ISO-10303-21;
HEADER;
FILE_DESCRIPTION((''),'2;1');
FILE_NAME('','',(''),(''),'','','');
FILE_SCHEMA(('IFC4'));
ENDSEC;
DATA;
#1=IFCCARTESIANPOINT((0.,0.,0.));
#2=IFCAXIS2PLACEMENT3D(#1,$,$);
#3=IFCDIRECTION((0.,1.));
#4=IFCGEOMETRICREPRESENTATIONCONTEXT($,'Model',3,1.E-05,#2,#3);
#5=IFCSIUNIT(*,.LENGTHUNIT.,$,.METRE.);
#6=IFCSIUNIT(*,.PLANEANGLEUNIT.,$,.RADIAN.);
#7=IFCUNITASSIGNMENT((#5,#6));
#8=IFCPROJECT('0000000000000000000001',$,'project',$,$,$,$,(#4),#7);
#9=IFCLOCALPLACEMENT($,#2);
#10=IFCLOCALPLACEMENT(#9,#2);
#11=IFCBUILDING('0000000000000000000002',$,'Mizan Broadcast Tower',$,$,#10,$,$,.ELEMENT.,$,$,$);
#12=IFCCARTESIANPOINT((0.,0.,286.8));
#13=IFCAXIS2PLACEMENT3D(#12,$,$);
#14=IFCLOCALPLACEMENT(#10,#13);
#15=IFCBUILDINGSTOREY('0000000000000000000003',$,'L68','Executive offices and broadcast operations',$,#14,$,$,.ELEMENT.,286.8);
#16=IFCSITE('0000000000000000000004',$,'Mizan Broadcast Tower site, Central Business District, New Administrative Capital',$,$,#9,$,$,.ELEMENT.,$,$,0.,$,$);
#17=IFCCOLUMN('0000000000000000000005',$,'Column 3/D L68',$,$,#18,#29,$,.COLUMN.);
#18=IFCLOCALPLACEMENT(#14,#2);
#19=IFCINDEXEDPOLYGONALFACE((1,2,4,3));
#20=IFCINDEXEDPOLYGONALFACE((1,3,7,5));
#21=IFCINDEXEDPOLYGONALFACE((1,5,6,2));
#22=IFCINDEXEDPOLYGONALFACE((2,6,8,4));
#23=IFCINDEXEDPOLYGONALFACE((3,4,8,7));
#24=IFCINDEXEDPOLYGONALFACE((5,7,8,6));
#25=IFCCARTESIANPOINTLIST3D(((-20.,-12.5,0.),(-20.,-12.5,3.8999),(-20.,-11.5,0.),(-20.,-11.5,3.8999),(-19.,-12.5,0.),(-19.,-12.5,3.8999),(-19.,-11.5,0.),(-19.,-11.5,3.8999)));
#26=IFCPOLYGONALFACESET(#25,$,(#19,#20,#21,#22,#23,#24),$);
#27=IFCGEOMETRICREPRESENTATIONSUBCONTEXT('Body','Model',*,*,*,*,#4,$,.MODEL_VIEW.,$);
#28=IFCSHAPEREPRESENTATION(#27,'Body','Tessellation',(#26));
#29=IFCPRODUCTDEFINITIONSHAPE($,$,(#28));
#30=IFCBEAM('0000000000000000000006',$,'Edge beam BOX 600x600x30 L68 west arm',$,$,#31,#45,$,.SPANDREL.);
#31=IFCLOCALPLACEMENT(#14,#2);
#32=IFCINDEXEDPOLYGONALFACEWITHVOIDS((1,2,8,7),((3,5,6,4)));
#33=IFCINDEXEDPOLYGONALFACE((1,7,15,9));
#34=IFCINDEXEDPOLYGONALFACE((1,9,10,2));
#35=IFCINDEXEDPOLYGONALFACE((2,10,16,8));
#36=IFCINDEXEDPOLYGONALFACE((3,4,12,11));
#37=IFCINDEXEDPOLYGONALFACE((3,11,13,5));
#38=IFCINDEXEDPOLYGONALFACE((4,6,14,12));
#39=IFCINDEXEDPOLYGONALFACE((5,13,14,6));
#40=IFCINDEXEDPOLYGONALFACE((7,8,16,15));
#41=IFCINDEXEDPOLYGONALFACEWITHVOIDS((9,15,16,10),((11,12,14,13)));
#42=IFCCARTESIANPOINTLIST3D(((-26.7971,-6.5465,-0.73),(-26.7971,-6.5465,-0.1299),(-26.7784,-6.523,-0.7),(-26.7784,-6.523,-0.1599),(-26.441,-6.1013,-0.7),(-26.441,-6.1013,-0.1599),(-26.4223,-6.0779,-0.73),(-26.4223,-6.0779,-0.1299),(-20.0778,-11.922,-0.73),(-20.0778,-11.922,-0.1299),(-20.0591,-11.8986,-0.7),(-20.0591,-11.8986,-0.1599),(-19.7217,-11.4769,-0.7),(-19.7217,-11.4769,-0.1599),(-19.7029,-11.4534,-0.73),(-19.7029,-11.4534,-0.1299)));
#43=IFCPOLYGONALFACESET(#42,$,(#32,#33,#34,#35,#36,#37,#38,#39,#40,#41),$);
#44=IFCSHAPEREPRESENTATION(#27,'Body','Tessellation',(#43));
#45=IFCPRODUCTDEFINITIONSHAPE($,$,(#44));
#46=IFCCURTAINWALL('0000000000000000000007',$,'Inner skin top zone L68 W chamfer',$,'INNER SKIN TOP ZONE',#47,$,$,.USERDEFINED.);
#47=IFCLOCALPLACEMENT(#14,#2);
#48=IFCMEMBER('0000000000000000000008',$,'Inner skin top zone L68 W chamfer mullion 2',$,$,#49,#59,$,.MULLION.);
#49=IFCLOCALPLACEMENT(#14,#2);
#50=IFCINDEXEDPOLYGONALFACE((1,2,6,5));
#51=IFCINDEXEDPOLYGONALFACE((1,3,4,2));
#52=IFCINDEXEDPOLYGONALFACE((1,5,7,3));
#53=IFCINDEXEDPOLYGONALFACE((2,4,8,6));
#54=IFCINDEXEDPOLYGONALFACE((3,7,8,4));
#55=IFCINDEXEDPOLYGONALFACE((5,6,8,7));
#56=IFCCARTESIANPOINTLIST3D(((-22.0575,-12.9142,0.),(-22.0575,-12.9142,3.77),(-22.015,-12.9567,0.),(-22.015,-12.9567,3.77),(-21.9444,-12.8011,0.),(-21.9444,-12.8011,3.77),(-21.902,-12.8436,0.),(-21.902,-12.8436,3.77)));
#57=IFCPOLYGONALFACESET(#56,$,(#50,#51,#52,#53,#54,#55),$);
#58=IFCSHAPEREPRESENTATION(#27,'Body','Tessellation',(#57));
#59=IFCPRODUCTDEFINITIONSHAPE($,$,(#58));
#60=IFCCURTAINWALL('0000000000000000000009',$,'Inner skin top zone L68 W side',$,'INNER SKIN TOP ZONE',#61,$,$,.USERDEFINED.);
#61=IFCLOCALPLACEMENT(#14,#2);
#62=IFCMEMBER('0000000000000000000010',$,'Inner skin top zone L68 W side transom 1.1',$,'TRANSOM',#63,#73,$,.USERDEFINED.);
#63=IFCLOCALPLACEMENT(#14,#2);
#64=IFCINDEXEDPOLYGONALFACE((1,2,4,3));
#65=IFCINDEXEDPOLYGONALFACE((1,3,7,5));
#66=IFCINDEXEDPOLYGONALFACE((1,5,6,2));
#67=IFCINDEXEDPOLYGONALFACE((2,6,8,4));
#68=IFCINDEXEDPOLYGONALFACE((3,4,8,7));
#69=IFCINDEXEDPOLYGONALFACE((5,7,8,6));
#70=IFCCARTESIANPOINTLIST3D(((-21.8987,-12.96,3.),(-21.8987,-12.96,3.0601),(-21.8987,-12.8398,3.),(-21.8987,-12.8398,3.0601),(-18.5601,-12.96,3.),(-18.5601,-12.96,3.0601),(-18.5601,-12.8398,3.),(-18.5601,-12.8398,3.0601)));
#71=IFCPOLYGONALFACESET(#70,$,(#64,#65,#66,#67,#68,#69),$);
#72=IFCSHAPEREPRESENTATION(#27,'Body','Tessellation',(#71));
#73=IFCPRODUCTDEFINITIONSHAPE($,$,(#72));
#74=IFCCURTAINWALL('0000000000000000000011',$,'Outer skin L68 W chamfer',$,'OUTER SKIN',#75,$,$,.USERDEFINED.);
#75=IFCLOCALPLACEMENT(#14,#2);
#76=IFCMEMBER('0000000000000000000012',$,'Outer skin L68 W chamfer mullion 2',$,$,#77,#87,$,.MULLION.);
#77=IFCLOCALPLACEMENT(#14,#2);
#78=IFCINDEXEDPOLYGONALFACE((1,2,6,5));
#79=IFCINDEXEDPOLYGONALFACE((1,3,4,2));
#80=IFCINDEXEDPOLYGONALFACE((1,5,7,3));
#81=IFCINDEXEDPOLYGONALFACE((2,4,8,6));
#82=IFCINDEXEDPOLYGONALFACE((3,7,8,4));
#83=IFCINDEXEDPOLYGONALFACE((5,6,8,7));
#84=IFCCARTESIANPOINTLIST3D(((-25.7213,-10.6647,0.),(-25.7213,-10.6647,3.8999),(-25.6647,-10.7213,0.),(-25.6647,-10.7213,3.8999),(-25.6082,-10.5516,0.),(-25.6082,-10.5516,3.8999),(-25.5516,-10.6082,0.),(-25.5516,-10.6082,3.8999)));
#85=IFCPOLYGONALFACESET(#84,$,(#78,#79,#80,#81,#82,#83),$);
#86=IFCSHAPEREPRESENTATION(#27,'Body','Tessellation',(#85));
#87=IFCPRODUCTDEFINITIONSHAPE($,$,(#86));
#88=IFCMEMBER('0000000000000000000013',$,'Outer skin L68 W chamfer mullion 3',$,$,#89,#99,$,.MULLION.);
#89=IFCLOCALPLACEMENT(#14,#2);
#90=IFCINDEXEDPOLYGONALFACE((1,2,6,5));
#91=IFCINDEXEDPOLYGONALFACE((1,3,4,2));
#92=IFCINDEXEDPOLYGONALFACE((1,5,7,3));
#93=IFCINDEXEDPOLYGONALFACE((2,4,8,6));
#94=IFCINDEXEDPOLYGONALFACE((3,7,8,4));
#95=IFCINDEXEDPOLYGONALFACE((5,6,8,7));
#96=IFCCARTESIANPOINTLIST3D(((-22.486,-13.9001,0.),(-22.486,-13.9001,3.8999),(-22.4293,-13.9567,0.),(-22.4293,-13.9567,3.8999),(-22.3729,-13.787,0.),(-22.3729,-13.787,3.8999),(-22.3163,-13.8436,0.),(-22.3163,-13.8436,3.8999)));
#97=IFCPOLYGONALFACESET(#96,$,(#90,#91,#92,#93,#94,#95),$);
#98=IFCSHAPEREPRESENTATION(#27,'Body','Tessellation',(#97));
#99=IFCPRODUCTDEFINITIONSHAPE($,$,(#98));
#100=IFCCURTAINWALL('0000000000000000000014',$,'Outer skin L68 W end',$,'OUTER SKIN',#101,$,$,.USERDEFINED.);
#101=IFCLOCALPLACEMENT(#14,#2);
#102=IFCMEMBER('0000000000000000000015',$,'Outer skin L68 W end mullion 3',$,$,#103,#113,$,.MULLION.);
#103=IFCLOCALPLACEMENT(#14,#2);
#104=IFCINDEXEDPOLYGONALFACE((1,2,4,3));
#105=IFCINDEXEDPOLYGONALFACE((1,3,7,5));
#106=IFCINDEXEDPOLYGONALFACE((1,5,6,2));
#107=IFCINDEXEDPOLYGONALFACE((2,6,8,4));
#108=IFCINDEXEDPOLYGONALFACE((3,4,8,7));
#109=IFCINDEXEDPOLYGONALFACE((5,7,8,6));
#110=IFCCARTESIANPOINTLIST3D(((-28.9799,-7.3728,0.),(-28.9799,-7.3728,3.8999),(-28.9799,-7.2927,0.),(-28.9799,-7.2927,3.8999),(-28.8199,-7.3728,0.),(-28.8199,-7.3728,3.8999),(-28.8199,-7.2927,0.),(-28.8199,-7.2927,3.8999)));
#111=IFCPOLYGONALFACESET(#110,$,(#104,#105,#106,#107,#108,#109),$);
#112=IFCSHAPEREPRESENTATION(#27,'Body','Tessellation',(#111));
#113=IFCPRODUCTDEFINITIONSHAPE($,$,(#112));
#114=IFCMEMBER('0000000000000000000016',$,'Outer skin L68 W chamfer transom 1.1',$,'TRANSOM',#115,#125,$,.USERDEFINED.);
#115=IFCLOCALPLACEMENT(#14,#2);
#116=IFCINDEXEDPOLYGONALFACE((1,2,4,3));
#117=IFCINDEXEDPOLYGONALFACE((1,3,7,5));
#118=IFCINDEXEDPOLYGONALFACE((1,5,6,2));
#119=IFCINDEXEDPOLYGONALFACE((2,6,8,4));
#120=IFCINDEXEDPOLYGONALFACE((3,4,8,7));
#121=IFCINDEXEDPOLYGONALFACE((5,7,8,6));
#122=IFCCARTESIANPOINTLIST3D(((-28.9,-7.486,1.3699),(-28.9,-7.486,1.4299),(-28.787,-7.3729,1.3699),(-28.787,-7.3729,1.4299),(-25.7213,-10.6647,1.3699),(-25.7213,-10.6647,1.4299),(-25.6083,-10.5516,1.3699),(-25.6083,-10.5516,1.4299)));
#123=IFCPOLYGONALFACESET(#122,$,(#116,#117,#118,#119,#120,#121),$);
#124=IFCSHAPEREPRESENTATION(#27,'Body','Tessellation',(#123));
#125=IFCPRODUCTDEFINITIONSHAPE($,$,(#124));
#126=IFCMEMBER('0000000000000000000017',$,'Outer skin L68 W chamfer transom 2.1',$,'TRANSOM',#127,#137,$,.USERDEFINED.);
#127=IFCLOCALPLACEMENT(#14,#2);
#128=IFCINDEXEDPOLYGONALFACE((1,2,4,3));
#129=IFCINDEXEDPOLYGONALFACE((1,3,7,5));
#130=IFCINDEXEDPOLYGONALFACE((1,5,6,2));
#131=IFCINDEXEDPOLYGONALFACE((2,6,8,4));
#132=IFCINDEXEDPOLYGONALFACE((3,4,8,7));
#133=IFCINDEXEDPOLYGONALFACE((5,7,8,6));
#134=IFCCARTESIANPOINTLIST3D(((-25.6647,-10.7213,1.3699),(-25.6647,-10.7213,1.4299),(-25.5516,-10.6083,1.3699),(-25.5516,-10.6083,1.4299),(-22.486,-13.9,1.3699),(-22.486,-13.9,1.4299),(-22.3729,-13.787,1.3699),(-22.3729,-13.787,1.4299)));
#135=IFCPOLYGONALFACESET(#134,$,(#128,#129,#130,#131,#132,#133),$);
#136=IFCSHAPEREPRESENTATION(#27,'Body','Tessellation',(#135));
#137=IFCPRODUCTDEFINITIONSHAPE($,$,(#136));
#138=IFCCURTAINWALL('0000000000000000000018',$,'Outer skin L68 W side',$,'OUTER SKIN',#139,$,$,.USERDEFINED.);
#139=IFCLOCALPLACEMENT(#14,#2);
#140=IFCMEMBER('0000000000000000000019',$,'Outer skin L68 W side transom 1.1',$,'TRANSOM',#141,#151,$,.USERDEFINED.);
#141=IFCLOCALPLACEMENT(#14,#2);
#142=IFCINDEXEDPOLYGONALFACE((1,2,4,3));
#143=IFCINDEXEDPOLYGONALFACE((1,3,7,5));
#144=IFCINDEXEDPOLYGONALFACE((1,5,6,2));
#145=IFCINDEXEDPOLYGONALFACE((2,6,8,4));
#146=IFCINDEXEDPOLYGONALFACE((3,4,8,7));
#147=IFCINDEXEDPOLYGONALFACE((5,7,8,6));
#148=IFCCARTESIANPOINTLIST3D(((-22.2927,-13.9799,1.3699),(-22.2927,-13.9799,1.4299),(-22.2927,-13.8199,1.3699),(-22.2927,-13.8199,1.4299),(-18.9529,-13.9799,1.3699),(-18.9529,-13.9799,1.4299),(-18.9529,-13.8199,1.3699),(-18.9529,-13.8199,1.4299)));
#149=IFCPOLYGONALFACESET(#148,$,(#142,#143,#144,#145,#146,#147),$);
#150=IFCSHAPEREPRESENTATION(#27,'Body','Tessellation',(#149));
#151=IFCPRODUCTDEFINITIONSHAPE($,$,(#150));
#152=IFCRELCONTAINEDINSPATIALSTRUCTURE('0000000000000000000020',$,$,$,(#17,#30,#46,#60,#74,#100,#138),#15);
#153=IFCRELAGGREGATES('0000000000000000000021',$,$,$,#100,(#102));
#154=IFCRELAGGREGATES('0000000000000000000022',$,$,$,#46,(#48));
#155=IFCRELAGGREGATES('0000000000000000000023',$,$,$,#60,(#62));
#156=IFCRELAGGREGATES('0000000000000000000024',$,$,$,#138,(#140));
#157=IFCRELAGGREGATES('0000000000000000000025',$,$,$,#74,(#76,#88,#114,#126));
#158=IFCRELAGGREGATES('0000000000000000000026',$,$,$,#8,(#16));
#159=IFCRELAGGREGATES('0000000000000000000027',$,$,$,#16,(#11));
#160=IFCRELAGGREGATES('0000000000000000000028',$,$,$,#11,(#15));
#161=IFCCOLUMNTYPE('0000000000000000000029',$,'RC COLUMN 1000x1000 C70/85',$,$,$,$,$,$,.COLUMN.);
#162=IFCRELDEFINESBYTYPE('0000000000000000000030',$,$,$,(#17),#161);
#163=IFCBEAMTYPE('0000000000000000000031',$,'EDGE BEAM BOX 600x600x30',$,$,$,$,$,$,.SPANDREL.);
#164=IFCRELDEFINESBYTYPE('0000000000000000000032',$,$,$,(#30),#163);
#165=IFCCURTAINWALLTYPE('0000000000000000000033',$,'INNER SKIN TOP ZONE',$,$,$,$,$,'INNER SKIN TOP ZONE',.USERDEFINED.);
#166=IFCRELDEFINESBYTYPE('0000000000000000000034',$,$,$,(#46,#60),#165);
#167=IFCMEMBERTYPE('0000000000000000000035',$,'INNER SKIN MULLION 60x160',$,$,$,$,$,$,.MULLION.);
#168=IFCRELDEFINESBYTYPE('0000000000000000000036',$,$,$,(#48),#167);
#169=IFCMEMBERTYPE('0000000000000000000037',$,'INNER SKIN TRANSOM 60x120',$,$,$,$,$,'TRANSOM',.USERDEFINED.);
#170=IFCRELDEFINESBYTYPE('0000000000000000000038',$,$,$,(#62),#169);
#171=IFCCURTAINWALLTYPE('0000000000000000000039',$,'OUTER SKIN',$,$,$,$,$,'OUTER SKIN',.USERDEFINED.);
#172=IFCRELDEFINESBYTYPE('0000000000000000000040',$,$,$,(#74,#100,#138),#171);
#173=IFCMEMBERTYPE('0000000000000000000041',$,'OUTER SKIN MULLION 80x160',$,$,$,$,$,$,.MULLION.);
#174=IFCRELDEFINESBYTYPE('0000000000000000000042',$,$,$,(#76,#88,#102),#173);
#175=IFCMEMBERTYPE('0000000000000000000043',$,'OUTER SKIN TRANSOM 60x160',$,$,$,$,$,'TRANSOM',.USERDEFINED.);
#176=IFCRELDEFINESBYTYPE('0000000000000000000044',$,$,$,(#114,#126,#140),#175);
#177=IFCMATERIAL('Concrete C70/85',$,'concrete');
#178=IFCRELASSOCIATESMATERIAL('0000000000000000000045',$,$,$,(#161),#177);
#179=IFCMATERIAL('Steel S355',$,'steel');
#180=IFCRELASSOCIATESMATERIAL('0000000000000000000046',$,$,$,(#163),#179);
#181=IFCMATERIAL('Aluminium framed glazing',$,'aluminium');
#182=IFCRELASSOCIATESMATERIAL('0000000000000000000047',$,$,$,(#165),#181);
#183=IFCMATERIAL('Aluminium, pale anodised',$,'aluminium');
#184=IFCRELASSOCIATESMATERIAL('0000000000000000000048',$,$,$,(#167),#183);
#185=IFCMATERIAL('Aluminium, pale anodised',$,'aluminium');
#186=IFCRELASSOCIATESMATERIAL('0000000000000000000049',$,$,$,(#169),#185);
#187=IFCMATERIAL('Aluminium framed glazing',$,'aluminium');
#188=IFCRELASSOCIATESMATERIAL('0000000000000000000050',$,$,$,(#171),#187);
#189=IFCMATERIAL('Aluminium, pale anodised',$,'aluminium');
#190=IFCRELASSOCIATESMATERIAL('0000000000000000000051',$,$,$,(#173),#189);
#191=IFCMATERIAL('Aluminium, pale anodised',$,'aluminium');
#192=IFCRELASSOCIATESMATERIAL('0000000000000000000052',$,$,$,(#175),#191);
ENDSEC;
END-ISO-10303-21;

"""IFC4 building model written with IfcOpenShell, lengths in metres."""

from ifc_helpers import new_model, si_unit, direction, frame, origin, origin_2d, place, context, subcontext, project, spatial, rectangle, hollow_rectangle, extrude, material, material_profile, profile_set, type_object, element, aggregate, save


model = new_model("IFC4")

# Units and contexts
model_context = context("Model", 3, precision=1e-05, world=origin(), true_north=direction((0.0, 1.0)))
body_context = subcontext(model_context, "Body", "Model", "MODEL_VIEW")
ifc_project = project(units=[si_unit("LENGTHUNIT", "METRE"), si_unit("PLANEANGLEUNIT", "RADIAN")], contexts=[model_context])

# Site, building, storey
site_placement = place(None, origin())
site = spatial("IfcSite", under=ifc_project, at=site_placement, Name="Mizan Broadcast Tower site, Central Business District, New Administrative Capital", CompositionType="ELEMENT", RefElevation=0.0)
building_placement = place(site_placement, origin())
building = spatial("IfcBuilding", under=site, at=building_placement, Name="Mizan Broadcast Tower", CompositionType="ELEMENT")
storey_placement = place(building_placement, frame((0.0, 0.0, 286.8)))
storey = spatial("IfcBuildingStorey", under=building, at=storey_placement, Name="L68", Description="Executive offices and broadcast operations", CompositionType="ELEMENT", Elevation=286.8)

# Column
ifc_material_1 = material(Name="Concrete C70/85", Category="concrete")
ifc_material_profile_1 = material_profile(ifc_material_1, rectangle(XDim=1.0, YDim=1.0, at=origin_2d()), Name="RC 1000x1000")
ifc_profile_set_1 = profile_set([ifc_material_profile_1], Name="Concrete C70/85")
column_type = type_object("IfcColumnType", Name="RC COLUMN 1000x1000 C70/85", PredefinedType="COLUMN", material=ifc_profile_set_1)
column_placement = place(storey_placement, frame((-19.5, -12.0, 0.0), z_axis=(0.0, 0.0, 1.0), x_axis=(1.0, 0.0, 0.0)))
element("IfcColumn", 1, at=column_placement, inside=storey, type_object=column_type, Name="Column 3/D L68", PredefinedType="COLUMN", context=body_context, shape_type="SweptSolid", body=[
    extrude(rectangle(XDim=1.0, YDim=1.0, at=origin_2d()), origin(), (0.0, 0.0, 1.0), 3.8999),
])

# Beam
ifc_material_2 = material(Name="Steel S355", Category="steel")
ifc_material_profile_2 = material_profile(ifc_material_2, hollow_rectangle(XDim=0.6001, YDim=0.6001, WallThickness=0.03, at=origin_2d()), Name="BOX 600x600x30")
ifc_profile_set_2 = profile_set([ifc_material_profile_2], Name="Steel S355")
beam_type_1 = type_object("IfcBeamType", Name="EDGE BEAM BOX 600x600x30", PredefinedType="SPANDREL", material=ifc_profile_set_2)
beam_1_placement = place(storey_placement, frame((-19.8904, -11.6877, -0.4299), z_axis=(-0.780863, 0.624702, 0.0), x_axis=(-0.624702, -0.780863, 0.0)))
element("IfcBeam", 2, at=beam_1_placement, inside=storey, type_object=beam_type_1, Name="Edge beam BOX 600x600x30 L68 west arm", PredefinedType="SPANDREL", context=body_context, shape_type="SweptSolid", body=[
    extrude(hollow_rectangle(XDim=0.6001, YDim=0.6001, WallThickness=0.03, at=origin_2d()), origin(), (0.0, 0.0, 1.0), 8.605),
])

# Curtain walls, members
ifc_material_3 = material(Name="Aluminium framed glazing", Category="aluminium")
curtain_wall_type_1 = type_object("IfcCurtainWallType", Name="INNER SKIN TOP ZONE", ElementType="INNER SKIN TOP ZONE", PredefinedType="USERDEFINED", material=ifc_material_3)
curtain_wall_1_placement = place(storey_placement, origin())
curtain_wall_1 = element("IfcCurtainWall", 3, at=curtain_wall_1_placement, inside=storey, type_object=curtain_wall_type_1, Name="Inner skin top zone L68 W chamfer", ObjectType="INNER SKIN TOP ZONE", PredefinedType="USERDEFINED")
ifc_material_4 = material(Name="Aluminium, pale anodised", Category="aluminium")
ifc_material_profile_3 = material_profile(ifc_material_4, rectangle(XDim=0.1599, YDim=0.0601, at=origin_2d()), Name="MULLION 160x60")
ifc_profile_set_3 = profile_set([ifc_material_profile_3], Name="Aluminium, pale anodised")
member_type_1 = type_object("IfcMemberType", Name="INNER SKIN MULLION 60x160", PredefinedType="MULLION", material=ifc_profile_set_3)
member_1_placement = place(storey_placement, frame((-21.9797, -12.8789, 0.0), z_axis=(0.0, 0.0, 1.0), x_axis=(0.707107, 0.707107, 0.0)))
member_1 = element("IfcMember", 4, at=member_1_placement, type_object=member_type_1, Name="Inner skin top zone L68 W chamfer mullion 2", PredefinedType="MULLION", context=body_context, shape_type="SweptSolid", body=[
    extrude(rectangle(XDim=0.1599, YDim=0.0601, at=origin_2d()), origin(), (0.0, 0.0, 1.0), 3.77),
])
curtain_wall_2_placement = place(storey_placement, origin())
curtain_wall_2 = element("IfcCurtainWall", 5, at=curtain_wall_2_placement, inside=storey, type_object=curtain_wall_type_1, Name="Inner skin top zone L68 W side", ObjectType="INNER SKIN TOP ZONE", PredefinedType="USERDEFINED")
ifc_material_5 = material(Name="Aluminium, pale anodised", Category="aluminium")
ifc_material_profile_4 = material_profile(ifc_material_5, rectangle(XDim=0.1201, YDim=0.0601, at=origin_2d()), Name="TRANSOM 120x60")
ifc_profile_set_4 = profile_set([ifc_material_profile_4], Name="Aluminium, pale anodised")
member_type_2 = type_object("IfcMemberType", Name="INNER SKIN TRANSOM 60x120", ElementType="TRANSOM", PredefinedType="USERDEFINED", material=ifc_profile_set_4)
member_2_placement = place(storey_placement, frame((-21.8987, -12.8999, 3.03), z_axis=(1.0, 0.0, 0.0), x_axis=(0.0, 1.0, 0.0)))
member_2 = element("IfcMember", 6, at=member_2_placement, type_object=member_type_2, Name="Inner skin top zone L68 W side transom 1.1", ObjectType="TRANSOM", PredefinedType="USERDEFINED", context=body_context, shape_type="SweptSolid", body=[
    extrude(rectangle(XDim=0.1201, YDim=0.0601, at=origin_2d()), origin(), (0.0, 0.0, 1.0), 3.3386),
])

# Curtain wall, members
ifc_material_6 = material(Name="Aluminium framed glazing", Category="aluminium")
curtain_wall_type_2 = type_object("IfcCurtainWallType", Name="OUTER SKIN", ElementType="OUTER SKIN", PredefinedType="USERDEFINED", material=ifc_material_6)
curtain_wall_3_placement = place(storey_placement, origin())
curtain_wall_3 = element("IfcCurtainWall", 7, at=curtain_wall_3_placement, inside=storey, type_object=curtain_wall_type_2, Name="Outer skin L68 W chamfer", ObjectType="OUTER SKIN", PredefinedType="USERDEFINED")
ifc_material_7 = material(Name="Aluminium, pale anodised", Category="aluminium")
ifc_material_profile_5 = material_profile(ifc_material_7, rectangle(XDim=0.1599, YDim=0.0801, at=origin_2d()), Name="MULLION 160x80")
ifc_profile_set_5 = profile_set([ifc_material_profile_5], Name="Aluminium, pale anodised")
member_type_3 = type_object("IfcMemberType", Name="OUTER SKIN MULLION 80x160", PredefinedType="MULLION", material=ifc_profile_set_5)
member_3_placement = place(storey_placement, frame((-25.6365, -10.6365, 0.0), z_axis=(0.0, 0.0, 1.0), x_axis=(0.707107, 0.707107, 0.0)))
member_3 = element("IfcMember", 8, at=member_3_placement, type_object=member_type_3, Name="Outer skin L68 W chamfer mullion 2", PredefinedType="MULLION", context=body_context, shape_type="SweptSolid", body=[
    extrude(rectangle(XDim=0.1599, YDim=0.0801, at=origin_2d()), origin(), (0.0, 0.0, 1.0), 3.8999),
])
member_4_placement = place(storey_placement, frame((-22.4011, -13.8718, 0.0), z_axis=(0.0, 0.0, 1.0), x_axis=(0.707107, 0.707107, 0.0)))
member_4 = element("IfcMember", 9, at=member_4_placement, type_object=member_type_3, Name="Outer skin L68 W chamfer mullion 3", PredefinedType="MULLION", context=body_context, shape_type="SweptSolid", body=[
    extrude(rectangle(XDim=0.1599, YDim=0.0801, at=origin_2d()), origin(), (0.0, 0.0, 1.0), 3.8999),
])

# Curtain wall, member
curtain_wall_4_placement = place(storey_placement, origin())
curtain_wall_4 = element("IfcCurtainWall", 10, at=curtain_wall_4_placement, inside=storey, type_object=curtain_wall_type_2, Name="Outer skin L68 W end", ObjectType="OUTER SKIN", PredefinedType="USERDEFINED")
member_5_placement = place(storey_placement, frame((-28.8999, -7.3328, 0.0), z_axis=(0.0, 0.0, 1.0), x_axis=(1.0, 0.0, 0.0)))
member_5 = element("IfcMember", 11, at=member_5_placement, type_object=member_type_3, Name="Outer skin L68 W end mullion 3", PredefinedType="MULLION", context=body_context, shape_type="SweptSolid", body=[
    extrude(rectangle(XDim=0.1599, YDim=0.0801, at=origin_2d()), origin(), (0.0, 0.0, 1.0), 3.8999),
])
aggregate(curtain_wall_4, [member_5])

# Members
ifc_material_8 = material(Name="Aluminium, pale anodised", Category="aluminium")
ifc_material_profile_6 = material_profile(ifc_material_8, rectangle(XDim=0.1599, YDim=0.0601, at=origin_2d()), Name="TRANSOM 160x60")
ifc_profile_set_6 = profile_set([ifc_material_profile_6], Name="Aluminium, pale anodised")
member_type_4 = type_object("IfcMemberType", Name="OUTER SKIN TRANSOM 60x160", ElementType="TRANSOM", PredefinedType="USERDEFINED", material=ifc_profile_set_6)
member_6_placement = place(storey_placement, frame((-28.8435, -7.4294, 1.3999), z_axis=(0.707107, -0.707107, 0.0), x_axis=(0.707107, 0.707107, 0.0)))
member_6 = element("IfcMember", 12, at=member_6_placement, type_object=member_type_4, Name="Outer skin L68 W chamfer transom 1.1", ObjectType="TRANSOM", PredefinedType="USERDEFINED", context=body_context, shape_type="SweptSolid", body=[
    extrude(rectangle(XDim=0.1599, YDim=0.0601, at=origin_2d()), origin(), (0.0, 0.0, 1.0), 4.4954),
])
member_7_placement = place(storey_placement, frame((-25.6082, -10.6648, 1.3999), z_axis=(0.707107, -0.707107, 0.0), x_axis=(0.707107, 0.707107, 0.0)))
member_7 = element("IfcMember", 13, at=member_7_placement, type_object=member_type_4, Name="Outer skin L68 W chamfer transom 2.1", ObjectType="TRANSOM", PredefinedType="USERDEFINED", context=body_context, shape_type="SweptSolid", body=[
    extrude(rectangle(XDim=0.1599, YDim=0.0601, at=origin_2d()), origin(), (0.0, 0.0, 1.0), 4.4954),
])

# Curtain wall, member
curtain_wall_5_placement = place(storey_placement, origin())
curtain_wall_5 = element("IfcCurtainWall", 14, at=curtain_wall_5_placement, inside=storey, type_object=curtain_wall_type_2, Name="Outer skin L68 W side", ObjectType="OUTER SKIN", PredefinedType="USERDEFINED")
member_8_placement = place(storey_placement, frame((-22.2927, -13.8999, 1.3999), z_axis=(1.0, 0.0, 0.0), x_axis=(0.0, 1.0, 0.0)))
member_8 = element("IfcMember", 15, at=member_8_placement, type_object=member_type_4, Name="Outer skin L68 W side transom 1.1", ObjectType="TRANSOM", PredefinedType="USERDEFINED", context=body_context, shape_type="SweptSolid", body=[
    extrude(rectangle(XDim=0.1599, YDim=0.0601, at=origin_2d()), origin(), (0.0, 0.0, 1.0), 3.3398),
])

aggregate(curtain_wall_1, [member_1])
aggregate(curtain_wall_2, [member_2])
aggregate(curtain_wall_5, [member_8])
aggregate(curtain_wall_3, [member_3, member_4, member_6, member_7])

save(model, "model.ifc")
